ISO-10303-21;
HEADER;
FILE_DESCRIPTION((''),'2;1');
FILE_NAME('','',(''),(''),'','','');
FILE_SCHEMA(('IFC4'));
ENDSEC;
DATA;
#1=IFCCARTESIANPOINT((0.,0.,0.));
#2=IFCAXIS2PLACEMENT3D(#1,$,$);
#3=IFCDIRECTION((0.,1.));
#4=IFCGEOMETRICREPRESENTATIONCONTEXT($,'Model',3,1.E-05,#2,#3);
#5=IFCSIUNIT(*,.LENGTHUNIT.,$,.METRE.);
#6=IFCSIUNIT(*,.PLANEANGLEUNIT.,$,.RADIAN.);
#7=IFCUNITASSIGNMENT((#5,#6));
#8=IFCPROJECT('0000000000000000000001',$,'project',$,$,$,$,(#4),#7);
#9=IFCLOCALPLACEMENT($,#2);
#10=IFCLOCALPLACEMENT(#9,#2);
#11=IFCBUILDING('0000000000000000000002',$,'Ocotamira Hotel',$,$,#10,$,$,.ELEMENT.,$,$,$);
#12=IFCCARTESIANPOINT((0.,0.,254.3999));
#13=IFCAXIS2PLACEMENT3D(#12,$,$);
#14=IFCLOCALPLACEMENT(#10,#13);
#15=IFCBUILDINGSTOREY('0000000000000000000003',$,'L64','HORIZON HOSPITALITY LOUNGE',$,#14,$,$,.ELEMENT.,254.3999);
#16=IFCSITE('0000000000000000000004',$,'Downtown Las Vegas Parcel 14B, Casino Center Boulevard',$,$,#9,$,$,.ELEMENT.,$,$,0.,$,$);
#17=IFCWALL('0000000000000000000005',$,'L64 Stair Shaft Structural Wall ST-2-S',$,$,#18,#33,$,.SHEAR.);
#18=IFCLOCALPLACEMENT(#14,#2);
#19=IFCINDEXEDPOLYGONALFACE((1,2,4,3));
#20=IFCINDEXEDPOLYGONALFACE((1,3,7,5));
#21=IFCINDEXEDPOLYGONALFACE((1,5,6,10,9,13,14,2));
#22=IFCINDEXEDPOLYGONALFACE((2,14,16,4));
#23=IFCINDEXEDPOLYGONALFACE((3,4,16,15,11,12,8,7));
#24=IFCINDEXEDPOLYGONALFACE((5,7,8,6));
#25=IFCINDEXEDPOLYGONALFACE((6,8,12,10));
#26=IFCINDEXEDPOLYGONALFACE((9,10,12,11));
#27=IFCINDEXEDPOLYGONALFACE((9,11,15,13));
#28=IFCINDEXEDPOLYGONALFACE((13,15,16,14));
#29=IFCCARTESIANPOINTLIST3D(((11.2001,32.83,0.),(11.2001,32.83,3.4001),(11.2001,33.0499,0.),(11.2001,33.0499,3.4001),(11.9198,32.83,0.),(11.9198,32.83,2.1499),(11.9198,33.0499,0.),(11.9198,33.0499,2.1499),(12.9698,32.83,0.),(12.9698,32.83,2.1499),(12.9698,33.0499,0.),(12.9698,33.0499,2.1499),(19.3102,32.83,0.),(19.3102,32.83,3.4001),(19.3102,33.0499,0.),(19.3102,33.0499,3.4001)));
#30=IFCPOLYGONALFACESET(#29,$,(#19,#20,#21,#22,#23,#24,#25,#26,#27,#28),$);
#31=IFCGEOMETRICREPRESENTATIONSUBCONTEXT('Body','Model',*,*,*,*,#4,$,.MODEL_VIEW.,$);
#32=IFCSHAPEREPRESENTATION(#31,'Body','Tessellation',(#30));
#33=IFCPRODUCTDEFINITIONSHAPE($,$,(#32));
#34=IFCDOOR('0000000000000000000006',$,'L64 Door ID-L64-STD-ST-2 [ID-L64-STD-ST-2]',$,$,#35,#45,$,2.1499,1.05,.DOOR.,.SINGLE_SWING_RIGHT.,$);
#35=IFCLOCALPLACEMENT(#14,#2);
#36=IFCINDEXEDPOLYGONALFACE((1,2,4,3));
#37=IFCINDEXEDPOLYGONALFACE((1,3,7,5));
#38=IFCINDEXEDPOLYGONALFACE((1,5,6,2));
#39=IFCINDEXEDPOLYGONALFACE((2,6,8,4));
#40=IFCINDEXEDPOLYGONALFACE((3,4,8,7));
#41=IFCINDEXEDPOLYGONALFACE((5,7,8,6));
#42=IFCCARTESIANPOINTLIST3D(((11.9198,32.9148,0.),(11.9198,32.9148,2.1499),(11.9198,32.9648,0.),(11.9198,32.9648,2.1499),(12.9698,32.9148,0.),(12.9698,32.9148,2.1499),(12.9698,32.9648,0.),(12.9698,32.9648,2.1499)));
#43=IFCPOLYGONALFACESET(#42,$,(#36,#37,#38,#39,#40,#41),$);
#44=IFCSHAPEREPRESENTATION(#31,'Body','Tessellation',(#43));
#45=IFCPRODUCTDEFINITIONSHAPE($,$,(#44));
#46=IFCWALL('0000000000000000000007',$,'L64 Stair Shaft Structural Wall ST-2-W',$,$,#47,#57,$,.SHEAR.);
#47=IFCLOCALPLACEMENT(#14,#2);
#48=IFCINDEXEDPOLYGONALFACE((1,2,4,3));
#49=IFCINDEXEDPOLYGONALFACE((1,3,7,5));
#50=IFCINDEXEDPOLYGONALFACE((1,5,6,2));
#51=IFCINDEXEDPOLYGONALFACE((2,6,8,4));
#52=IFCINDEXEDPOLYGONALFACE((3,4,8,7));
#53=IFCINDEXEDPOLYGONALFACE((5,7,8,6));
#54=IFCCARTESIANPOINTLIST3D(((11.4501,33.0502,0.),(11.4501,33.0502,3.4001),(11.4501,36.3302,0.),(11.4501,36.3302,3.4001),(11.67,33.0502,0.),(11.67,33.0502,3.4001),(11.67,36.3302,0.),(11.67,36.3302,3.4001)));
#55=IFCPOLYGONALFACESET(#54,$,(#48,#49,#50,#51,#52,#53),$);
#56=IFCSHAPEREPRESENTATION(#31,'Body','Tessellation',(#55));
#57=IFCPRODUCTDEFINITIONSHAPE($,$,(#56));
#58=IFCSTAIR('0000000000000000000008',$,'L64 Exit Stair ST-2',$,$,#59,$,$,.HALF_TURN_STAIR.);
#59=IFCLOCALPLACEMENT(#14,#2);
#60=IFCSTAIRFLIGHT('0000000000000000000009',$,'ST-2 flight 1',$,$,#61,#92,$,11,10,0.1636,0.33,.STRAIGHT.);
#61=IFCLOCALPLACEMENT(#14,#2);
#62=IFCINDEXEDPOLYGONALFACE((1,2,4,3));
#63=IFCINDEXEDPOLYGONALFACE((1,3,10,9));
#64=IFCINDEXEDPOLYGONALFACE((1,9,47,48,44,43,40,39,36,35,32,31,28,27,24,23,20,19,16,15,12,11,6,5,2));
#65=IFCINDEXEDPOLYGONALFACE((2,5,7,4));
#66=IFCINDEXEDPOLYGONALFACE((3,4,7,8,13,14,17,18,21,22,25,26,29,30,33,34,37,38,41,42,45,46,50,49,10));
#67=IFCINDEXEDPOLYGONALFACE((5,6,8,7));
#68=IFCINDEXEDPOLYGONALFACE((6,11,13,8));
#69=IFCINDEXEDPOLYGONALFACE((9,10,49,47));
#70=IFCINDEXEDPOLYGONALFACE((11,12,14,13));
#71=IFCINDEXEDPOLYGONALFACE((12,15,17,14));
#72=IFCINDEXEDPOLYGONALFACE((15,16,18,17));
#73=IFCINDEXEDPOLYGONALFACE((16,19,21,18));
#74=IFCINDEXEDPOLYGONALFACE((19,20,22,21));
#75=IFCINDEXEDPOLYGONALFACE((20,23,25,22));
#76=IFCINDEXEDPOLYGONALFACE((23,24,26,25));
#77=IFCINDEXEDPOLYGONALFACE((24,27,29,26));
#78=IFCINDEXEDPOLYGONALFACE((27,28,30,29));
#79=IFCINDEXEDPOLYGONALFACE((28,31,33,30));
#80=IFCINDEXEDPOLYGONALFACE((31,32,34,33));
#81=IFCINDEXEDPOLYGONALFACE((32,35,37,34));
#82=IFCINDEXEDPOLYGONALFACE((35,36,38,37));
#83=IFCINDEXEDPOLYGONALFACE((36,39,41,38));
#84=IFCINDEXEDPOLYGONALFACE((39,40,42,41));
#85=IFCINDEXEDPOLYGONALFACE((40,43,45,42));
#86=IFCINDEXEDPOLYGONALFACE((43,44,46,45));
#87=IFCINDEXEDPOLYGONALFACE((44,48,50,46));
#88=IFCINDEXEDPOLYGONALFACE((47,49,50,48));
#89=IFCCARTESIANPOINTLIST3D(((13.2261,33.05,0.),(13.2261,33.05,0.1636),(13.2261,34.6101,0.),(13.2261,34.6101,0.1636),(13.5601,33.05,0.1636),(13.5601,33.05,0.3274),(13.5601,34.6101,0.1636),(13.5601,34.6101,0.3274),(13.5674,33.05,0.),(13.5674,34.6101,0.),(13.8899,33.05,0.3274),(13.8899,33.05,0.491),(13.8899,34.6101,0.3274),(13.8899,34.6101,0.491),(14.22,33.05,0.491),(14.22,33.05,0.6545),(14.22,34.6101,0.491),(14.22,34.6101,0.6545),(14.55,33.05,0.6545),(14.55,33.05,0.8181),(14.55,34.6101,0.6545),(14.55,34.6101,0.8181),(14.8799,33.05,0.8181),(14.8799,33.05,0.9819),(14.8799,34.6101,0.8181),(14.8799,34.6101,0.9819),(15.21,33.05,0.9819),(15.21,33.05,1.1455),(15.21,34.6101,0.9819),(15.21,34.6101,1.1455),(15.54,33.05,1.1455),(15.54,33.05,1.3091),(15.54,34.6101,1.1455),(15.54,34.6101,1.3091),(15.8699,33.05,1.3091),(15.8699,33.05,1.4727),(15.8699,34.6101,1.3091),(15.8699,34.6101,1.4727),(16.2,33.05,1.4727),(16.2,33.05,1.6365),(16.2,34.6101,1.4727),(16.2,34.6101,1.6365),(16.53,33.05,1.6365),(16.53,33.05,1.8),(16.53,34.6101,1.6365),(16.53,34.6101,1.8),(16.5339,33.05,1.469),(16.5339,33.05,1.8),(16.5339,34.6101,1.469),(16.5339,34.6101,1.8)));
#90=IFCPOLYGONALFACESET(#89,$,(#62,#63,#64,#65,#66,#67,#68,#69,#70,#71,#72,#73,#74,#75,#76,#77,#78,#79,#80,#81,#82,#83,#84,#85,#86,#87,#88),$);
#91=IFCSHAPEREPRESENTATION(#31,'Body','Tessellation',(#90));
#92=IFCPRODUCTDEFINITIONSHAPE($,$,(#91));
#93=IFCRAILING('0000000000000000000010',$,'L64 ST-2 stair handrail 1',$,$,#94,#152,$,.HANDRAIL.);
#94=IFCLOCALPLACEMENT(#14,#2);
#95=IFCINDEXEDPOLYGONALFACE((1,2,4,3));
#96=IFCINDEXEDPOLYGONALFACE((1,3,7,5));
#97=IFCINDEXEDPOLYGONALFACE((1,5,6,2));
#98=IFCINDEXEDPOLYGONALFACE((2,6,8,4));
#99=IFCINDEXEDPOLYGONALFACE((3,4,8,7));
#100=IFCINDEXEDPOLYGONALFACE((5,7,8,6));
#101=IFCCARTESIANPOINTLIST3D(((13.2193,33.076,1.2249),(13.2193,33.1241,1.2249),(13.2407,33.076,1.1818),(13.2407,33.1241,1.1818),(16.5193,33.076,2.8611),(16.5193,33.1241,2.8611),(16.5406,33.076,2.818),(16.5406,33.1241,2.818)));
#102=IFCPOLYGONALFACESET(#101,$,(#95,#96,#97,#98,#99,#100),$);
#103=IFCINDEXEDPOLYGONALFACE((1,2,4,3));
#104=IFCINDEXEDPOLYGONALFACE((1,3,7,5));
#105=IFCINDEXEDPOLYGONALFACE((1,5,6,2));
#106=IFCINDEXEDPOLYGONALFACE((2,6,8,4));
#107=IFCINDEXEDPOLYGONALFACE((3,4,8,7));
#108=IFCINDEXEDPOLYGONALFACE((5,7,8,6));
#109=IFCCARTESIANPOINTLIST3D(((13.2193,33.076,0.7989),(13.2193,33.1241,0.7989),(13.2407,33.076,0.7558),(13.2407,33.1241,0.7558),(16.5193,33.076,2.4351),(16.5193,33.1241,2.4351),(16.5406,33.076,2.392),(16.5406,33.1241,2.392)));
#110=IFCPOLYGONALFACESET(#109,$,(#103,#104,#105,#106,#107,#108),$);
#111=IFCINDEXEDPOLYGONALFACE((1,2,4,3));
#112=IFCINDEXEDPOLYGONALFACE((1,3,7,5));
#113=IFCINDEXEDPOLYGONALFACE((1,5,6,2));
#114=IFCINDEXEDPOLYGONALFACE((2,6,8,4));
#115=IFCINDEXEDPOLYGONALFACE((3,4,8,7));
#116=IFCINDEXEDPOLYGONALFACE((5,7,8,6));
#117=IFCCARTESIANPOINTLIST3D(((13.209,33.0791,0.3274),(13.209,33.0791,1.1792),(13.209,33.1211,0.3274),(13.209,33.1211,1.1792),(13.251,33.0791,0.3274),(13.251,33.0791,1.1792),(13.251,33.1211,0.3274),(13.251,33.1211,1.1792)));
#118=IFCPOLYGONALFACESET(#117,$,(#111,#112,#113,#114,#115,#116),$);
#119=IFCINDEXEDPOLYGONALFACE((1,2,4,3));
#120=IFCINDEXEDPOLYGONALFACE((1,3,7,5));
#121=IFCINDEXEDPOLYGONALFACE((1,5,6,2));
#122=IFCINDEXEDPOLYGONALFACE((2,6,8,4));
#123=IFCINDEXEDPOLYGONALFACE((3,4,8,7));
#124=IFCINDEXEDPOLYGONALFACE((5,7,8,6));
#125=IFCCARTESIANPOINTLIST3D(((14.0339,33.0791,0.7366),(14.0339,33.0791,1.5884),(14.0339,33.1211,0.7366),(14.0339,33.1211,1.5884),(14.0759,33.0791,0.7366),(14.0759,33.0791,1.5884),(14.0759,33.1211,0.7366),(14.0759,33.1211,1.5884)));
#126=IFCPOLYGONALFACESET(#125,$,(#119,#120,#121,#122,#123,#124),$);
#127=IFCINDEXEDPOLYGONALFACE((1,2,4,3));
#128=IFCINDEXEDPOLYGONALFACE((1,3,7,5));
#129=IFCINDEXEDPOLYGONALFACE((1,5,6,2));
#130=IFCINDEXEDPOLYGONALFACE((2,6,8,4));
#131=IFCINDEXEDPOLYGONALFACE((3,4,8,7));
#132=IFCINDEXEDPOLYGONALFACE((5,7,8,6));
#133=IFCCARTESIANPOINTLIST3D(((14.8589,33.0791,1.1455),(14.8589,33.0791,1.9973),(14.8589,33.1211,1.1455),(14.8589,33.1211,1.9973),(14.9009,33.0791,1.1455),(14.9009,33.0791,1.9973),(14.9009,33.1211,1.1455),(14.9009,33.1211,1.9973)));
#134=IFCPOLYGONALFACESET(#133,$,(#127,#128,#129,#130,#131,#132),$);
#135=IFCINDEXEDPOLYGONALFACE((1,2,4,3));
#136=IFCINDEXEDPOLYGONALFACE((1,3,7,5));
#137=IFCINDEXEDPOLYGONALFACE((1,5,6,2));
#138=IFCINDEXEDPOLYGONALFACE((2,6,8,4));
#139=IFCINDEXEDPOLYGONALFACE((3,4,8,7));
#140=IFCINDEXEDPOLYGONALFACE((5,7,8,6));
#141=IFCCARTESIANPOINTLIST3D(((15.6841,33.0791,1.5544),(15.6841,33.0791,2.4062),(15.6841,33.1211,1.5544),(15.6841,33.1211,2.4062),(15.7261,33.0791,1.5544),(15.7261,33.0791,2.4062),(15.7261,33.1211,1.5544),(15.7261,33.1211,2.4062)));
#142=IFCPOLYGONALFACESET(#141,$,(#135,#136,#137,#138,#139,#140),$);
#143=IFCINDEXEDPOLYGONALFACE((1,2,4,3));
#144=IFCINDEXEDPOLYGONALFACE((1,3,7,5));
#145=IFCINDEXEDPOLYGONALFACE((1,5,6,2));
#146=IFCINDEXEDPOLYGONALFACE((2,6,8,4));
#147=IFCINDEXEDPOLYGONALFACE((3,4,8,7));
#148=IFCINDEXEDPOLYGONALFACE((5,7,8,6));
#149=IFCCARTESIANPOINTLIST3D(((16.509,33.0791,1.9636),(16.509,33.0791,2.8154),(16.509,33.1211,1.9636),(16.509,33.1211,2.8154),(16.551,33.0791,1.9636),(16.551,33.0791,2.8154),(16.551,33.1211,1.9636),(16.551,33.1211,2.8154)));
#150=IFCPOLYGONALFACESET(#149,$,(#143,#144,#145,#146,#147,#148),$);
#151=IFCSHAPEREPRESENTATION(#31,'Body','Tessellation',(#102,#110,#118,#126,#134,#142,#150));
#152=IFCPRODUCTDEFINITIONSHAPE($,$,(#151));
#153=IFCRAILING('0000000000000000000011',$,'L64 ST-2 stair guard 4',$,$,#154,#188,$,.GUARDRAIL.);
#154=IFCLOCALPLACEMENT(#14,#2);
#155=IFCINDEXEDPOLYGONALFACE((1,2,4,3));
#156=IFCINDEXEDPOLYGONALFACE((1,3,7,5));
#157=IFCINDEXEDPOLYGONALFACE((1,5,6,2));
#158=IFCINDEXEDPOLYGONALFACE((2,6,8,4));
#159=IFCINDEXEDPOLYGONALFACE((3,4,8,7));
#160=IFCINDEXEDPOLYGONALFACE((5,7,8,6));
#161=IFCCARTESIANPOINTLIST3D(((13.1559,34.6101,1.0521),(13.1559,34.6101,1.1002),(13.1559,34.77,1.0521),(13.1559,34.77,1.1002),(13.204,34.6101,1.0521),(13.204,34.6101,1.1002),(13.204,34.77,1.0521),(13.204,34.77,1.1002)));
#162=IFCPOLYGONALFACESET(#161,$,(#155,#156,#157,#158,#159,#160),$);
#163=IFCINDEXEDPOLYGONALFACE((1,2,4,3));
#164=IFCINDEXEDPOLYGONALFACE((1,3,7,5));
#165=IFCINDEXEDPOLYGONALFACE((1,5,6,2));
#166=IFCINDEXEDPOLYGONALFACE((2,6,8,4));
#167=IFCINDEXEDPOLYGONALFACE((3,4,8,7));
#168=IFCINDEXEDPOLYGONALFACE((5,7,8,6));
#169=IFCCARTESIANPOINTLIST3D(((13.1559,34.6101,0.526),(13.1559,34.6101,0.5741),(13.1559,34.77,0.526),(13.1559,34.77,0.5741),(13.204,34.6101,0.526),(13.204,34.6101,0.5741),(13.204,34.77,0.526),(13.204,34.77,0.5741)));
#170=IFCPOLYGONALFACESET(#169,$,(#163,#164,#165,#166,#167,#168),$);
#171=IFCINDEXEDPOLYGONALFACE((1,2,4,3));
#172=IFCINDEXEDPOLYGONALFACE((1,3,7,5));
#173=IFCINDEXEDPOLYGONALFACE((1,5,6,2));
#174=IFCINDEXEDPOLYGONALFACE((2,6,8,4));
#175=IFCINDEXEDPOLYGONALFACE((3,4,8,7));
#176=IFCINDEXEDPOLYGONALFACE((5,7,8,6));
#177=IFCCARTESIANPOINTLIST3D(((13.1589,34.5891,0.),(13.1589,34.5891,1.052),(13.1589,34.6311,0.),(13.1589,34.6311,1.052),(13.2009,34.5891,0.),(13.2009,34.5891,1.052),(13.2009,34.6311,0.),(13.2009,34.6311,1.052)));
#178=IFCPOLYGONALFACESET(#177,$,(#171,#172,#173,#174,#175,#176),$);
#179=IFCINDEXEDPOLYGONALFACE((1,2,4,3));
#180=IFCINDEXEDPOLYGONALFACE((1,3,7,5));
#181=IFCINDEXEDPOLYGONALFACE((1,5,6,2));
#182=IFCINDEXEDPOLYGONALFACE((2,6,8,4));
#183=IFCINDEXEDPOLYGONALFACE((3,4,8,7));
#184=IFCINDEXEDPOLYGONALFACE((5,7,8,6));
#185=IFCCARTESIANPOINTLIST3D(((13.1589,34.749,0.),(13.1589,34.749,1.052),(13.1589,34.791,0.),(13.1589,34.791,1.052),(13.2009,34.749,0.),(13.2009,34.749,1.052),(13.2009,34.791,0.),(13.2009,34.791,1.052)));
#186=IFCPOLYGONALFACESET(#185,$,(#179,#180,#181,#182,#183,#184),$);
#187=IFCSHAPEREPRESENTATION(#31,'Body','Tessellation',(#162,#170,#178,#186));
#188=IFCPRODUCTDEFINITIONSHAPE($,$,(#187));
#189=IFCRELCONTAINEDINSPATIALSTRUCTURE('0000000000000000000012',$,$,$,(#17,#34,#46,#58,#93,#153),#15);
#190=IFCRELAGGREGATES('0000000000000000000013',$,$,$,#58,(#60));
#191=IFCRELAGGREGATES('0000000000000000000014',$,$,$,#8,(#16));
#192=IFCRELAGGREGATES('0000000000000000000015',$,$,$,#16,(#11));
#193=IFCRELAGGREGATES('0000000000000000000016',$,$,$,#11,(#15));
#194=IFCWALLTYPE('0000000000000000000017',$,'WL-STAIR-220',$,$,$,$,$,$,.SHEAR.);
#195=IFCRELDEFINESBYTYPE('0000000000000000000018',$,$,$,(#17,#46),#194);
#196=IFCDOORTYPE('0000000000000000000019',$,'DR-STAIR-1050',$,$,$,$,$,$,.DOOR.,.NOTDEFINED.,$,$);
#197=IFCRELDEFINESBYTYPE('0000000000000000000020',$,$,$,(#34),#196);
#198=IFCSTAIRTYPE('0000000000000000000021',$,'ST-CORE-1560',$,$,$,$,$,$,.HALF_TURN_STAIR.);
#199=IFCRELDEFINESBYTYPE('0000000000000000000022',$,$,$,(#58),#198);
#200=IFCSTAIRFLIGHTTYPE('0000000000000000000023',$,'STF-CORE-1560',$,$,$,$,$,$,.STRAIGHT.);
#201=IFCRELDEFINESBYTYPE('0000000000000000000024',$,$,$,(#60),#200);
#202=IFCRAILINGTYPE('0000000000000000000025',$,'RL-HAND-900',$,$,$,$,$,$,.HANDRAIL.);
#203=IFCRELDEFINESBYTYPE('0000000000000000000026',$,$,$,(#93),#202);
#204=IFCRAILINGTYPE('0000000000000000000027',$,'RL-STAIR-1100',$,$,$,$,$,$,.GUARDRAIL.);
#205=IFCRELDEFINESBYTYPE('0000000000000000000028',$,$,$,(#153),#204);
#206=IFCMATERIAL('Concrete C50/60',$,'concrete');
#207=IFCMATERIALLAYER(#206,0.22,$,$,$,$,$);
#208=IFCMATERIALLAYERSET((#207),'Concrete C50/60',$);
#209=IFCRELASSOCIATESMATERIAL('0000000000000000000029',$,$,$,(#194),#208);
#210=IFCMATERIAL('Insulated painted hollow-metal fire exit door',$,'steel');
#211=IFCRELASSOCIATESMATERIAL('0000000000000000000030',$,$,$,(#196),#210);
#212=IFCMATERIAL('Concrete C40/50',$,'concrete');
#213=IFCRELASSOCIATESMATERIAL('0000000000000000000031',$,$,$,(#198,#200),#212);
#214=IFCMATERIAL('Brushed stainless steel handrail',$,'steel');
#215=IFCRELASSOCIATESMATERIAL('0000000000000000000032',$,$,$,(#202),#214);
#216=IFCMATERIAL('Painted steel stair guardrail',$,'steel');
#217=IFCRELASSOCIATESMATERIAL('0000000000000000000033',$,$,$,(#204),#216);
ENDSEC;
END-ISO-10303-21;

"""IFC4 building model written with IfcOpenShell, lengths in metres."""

from ifc_helpers import new_model, si_unit, direction, frame, frame_2d, origin, origin_2d, place, context, subcontext, project, spatial, polyline, rectangle, outline, extrude, source, transform, mapped, material, layer, layer_set, type_object, element, fill, aggregate, save


model = new_model("IFC4")

# Units and contexts
model_context = context("Model", 3, precision=1e-05, world=origin(), true_north=direction((0.0, 1.0)))
body_context = subcontext(model_context, "Body", "Model", "MODEL_VIEW")
ifc_project = project(units=[si_unit("LENGTHUNIT", "METRE"), si_unit("PLANEANGLEUNIT", "RADIAN")], contexts=[model_context])

# Site, building, storey
site_placement = place(None, origin())
site = spatial("IfcSite", under=ifc_project, at=site_placement, Name="Downtown Las Vegas Parcel 14B, Casino Center Boulevard", CompositionType="ELEMENT", RefElevation=0.0)
building_placement = place(site_placement, origin())
building = spatial("IfcBuilding", under=site, at=building_placement, Name="Ocotamira Hotel", CompositionType="ELEMENT")
storey_placement = place(building_placement, frame((0.0, 0.0, 254.3999)))
storey = spatial("IfcBuildingStorey", under=building, at=storey_placement, Name="L64", Description="HORIZON HOSPITALITY LOUNGE", CompositionType="ELEMENT", Elevation=254.3999)

# Wall, opening, door
ifc_material_1 = material(Name="Concrete C50/60", Category="concrete")
ifc_layer_1 = layer(ifc_material_1, 0.22)
ifc_layer_set_1 = layer_set([ifc_layer_1], Name="Concrete C50/60")
wall_type_1 = type_object("IfcWallType", Name="WL-STAIR-220", PredefinedType="SHEAR", material=ifc_layer_set_1)
wall_1_placement = place(storey_placement, frame((11.2, 32.9399, 0.0), z_axis=(0.0, 0.0, 1.0), x_axis=(1.0, 0.0, 0.0)))
wall_1 = element("IfcWall", 1, at=wall_1_placement, inside=storey, type_object=wall_type_1, Name="L64 Stair Shaft Structural Wall ST-2-S", PredefinedType="SHEAR", context=body_context, shape_type="SweptSolid", body=[
    extrude(rectangle(XDim=8.1101, YDim=0.22, at=frame_2d((4.0552, 0.0))), origin(), (0.0, 0.0, 1.0), 3.4001),
])
opening_placement = place(wall_1_placement, frame((0.72, 0.0, 0.0)))
opening = element("IfcOpeningElement", 2, at=opening_placement, cuts=wall_1, PredefinedType="OPENING", context=body_context, shape_type="SweptSolid", body=[
    extrude(rectangle(XDim=1.05, YDim=2.1499, at=frame_2d((0.5249, 1.075))), frame((0.0, 0.1201, 0.0), z_axis=(0.0, -1.0, 0.0), x_axis=(1.0, 0.0, 0.0)), (0.0, 0.0, 1.0), 0.24),
])
ifc_material_2 = material(Name="Insulated painted hollow-metal fire exit door", Category="steel")
door_type = type_object("IfcDoorType", Name="DR-STAIR-1050", OperationType="NOTDEFINED", PredefinedType="DOOR", material=ifc_material_2)
shared_shape_1 = source(origin(), body_context, "Body", "SweptSolid", [
    extrude(rectangle(XDim=1.05, YDim=2.1499, at=frame_2d((0.5249, 1.075))), frame((0.0, 0.0249, 0.0), z_axis=(0.0, -1.0, 0.0), x_axis=(1.0, 0.0, 0.0)), (0.0, 0.0, 1.0), 0.05),
])
door_placement = place(opening_placement, origin())
door = element("IfcDoor", 3, at=door_placement, inside=storey, type_object=door_type, Name="L64 Door ID-L64-STD-ST-2 [ID-L64-STD-ST-2]", OperationType="SINGLE_SWING_RIGHT", OverallHeight=2.1499, OverallWidth=1.05, PredefinedType="DOOR", context=body_context, shape_type="MappedRepresentation", body=[
    mapped(shared_shape_1, transform((0.0, 0.0, 0.0), scale=1.0)),
])
fill(opening, door)

# Wall
wall_2_placement = place(storey_placement, frame((11.5601, 33.05, 0.0), z_axis=(0.0, 0.0, 1.0), x_axis=(0.0, 1.0, 0.0)))
element("IfcWall", 4, at=wall_2_placement, inside=storey, type_object=wall_type_1, Name="L64 Stair Shaft Structural Wall ST-2-W", PredefinedType="SHEAR", context=body_context, shape_type="SweptSolid", body=[
    extrude(rectangle(XDim=3.28, YDim=0.22, at=frame_2d((1.6401, 0.0))), origin(), (0.0, 0.0, 1.0), 3.4001),
])

# Stair, stair flight
ifc_material_3 = material(Name="Concrete C40/50", Category="concrete")
stair_type = type_object("IfcStairType", Name="ST-CORE-1560", PredefinedType="HALF_TURN_STAIR", material=ifc_material_3)
stair_placement = place(storey_placement, origin())
stair = element("IfcStair", 5, at=stair_placement, inside=storey, type_object=stair_type, Name="L64 Exit Stair ST-2", PredefinedType="HALF_TURN_STAIR")
stair_flight_type = type_object("IfcStairFlightType", Name="STF-CORE-1560", PredefinedType="STRAIGHT", material=ifc_material_3)
shared_shape_2 = source(origin(), body_context, "Body", "SweptSolid", [
    extrude(outline(polyline([(-0.0039, 0.0), (-0.0039, 0.1636), (0.3301, 0.1636), (0.3301, 0.3274), (0.6599, 0.3274), (0.6599, 0.491), (0.99, 0.491), (0.99, 0.6545), (1.3201, 0.6545), (1.3201, 0.8181), (1.6499, 0.8181), (1.6499, 0.9819), (1.98, 0.9819), (1.98, 1.1455), (2.3101, 1.1455), (2.3101, 1.3091), (2.6399, 1.3091), (2.6399, 1.4727), (2.97, 1.4727), (2.97, 1.6365), (3.3, 1.6365), (3.3, 1.8), (3.304, 1.8), (3.304, 1.469), (0.3374, 0.0), (-0.0039, 0.0)])), frame((0.0, 0.78, 0.0), z_axis=(0.0, -1.0, 0.0), x_axis=(1.0, 0.0, 0.0)), (0.0, 0.0, 1.0), 1.5601),
])
stair_flight_placement = place(storey_placement, frame((13.23, 33.8301, 0.0), z_axis=(0.0, 0.0, 1.0), x_axis=(1.0, 0.0, 0.0)))
stair_flight = element("IfcStairFlight", 6, at=stair_flight_placement, type_object=stair_flight_type, Name="ST-2 flight 1", NumberOfRisers=11, NumberOfTreads=10, PredefinedType="STRAIGHT", RiserHeight=0.1636, TreadLength=0.33, context=body_context, shape_type="MappedRepresentation", body=[
    mapped(shared_shape_2, transform((0.0, 0.0, 0.0), scale=1.0)),
])
aggregate(stair, [stair_flight])

# Railings
ifc_material_4 = material(Name="Brushed stainless steel handrail", Category="steel")
railing_type_1 = type_object("IfcRailingType", Name="RL-HAND-900", PredefinedType="HANDRAIL", material=ifc_material_4)
railing_1_placement = place(storey_placement, frame((13.23, 33.1001, 0.3274)))
element("IfcRailing", 7, at=railing_1_placement, inside=storey, type_object=railing_type_1, Name="L64 ST-2 stair handrail 1", PredefinedType="HANDRAIL", context=body_context, shape_type="SweptSolid", body=[
    extrude(rectangle(XDim=0.0481, YDim=0.0481, at=origin_2d()), frame((0.0, 0.0, 0.876), z_axis=(0.89592, 0.0, 0.444215), x_axis=(0.0, 1.0, 0.0)), (0.0, 0.0, 1.0), 3.6833),
    extrude(rectangle(XDim=0.0481, YDim=0.0481, at=origin_2d()), frame((0.0, 0.0, 0.45), z_axis=(0.89592, 0.0, 0.444215), x_axis=(0.0, 1.0, 0.0)), (0.0, 0.0, 1.0), 3.6833),
    extrude(rectangle(XDim=0.042, YDim=0.042, at=origin_2d()), origin(), (0.0, 0.0, 1.0), 0.8518),
    extrude(rectangle(XDim=0.042, YDim=0.042, at=origin_2d()), frame((0.825, 0.0, 0.4092)), (0.0, 0.0, 1.0), 0.8518),
    extrude(rectangle(XDim=0.042, YDim=0.042, at=origin_2d()), frame((1.6499, 0.0, 0.8181)), (0.0, 0.0, 1.0), 0.8518),
    extrude(rectangle(XDim=0.042, YDim=0.042, at=origin_2d()), frame((2.4751, 0.0, 1.2271)), (0.0, 0.0, 1.0), 0.8518),
    extrude(rectangle(XDim=0.042, YDim=0.042, at=origin_2d()), frame((3.3, 0.0, 1.6362)), (0.0, 0.0, 1.0), 0.8518),
])
ifc_material_5 = material(Name="Painted steel stair guardrail", Category="steel")
railing_type_2 = type_object("IfcRailingType", Name="RL-STAIR-1100", PredefinedType="GUARDRAIL", material=ifc_material_5)
railing_2_placement = place(storey_placement, frame((13.1799, 34.6101, 0.0)))
element("IfcRailing", 8, at=railing_2_placement, inside=storey, type_object=railing_type_2, Name="L64 ST-2 stair guard 4", PredefinedType="GUARDRAIL", context=body_context, shape_type="SweptSolid", body=[
    extrude(rectangle(XDim=0.0481, YDim=0.0481, at=origin_2d()), frame((0.0, 0.0, 1.0762), z_axis=(0.0, 1.0, 0.0), x_axis=(-1.0, 0.0, 0.0)), (0.0, 0.0, 1.0), 0.1599),
    extrude(rectangle(XDim=0.0481, YDim=0.0481, at=origin_2d()), frame((0.0, 0.0, 0.55), z_axis=(0.0, 1.0, 0.0), x_axis=(-1.0, 0.0, 0.0)), (0.0, 0.0, 1.0), 0.1599),
    extrude(rectangle(XDim=0.042, YDim=0.042, at=origin_2d()), origin(), (0.0, 0.0, 1.0), 1.052),
    extrude(rectangle(XDim=0.042, YDim=0.042, at=origin_2d()), frame((0.0, 0.1599, 0.0)), (0.0, 0.0, 1.0), 1.052),
])

save(model, "model.ifc")
